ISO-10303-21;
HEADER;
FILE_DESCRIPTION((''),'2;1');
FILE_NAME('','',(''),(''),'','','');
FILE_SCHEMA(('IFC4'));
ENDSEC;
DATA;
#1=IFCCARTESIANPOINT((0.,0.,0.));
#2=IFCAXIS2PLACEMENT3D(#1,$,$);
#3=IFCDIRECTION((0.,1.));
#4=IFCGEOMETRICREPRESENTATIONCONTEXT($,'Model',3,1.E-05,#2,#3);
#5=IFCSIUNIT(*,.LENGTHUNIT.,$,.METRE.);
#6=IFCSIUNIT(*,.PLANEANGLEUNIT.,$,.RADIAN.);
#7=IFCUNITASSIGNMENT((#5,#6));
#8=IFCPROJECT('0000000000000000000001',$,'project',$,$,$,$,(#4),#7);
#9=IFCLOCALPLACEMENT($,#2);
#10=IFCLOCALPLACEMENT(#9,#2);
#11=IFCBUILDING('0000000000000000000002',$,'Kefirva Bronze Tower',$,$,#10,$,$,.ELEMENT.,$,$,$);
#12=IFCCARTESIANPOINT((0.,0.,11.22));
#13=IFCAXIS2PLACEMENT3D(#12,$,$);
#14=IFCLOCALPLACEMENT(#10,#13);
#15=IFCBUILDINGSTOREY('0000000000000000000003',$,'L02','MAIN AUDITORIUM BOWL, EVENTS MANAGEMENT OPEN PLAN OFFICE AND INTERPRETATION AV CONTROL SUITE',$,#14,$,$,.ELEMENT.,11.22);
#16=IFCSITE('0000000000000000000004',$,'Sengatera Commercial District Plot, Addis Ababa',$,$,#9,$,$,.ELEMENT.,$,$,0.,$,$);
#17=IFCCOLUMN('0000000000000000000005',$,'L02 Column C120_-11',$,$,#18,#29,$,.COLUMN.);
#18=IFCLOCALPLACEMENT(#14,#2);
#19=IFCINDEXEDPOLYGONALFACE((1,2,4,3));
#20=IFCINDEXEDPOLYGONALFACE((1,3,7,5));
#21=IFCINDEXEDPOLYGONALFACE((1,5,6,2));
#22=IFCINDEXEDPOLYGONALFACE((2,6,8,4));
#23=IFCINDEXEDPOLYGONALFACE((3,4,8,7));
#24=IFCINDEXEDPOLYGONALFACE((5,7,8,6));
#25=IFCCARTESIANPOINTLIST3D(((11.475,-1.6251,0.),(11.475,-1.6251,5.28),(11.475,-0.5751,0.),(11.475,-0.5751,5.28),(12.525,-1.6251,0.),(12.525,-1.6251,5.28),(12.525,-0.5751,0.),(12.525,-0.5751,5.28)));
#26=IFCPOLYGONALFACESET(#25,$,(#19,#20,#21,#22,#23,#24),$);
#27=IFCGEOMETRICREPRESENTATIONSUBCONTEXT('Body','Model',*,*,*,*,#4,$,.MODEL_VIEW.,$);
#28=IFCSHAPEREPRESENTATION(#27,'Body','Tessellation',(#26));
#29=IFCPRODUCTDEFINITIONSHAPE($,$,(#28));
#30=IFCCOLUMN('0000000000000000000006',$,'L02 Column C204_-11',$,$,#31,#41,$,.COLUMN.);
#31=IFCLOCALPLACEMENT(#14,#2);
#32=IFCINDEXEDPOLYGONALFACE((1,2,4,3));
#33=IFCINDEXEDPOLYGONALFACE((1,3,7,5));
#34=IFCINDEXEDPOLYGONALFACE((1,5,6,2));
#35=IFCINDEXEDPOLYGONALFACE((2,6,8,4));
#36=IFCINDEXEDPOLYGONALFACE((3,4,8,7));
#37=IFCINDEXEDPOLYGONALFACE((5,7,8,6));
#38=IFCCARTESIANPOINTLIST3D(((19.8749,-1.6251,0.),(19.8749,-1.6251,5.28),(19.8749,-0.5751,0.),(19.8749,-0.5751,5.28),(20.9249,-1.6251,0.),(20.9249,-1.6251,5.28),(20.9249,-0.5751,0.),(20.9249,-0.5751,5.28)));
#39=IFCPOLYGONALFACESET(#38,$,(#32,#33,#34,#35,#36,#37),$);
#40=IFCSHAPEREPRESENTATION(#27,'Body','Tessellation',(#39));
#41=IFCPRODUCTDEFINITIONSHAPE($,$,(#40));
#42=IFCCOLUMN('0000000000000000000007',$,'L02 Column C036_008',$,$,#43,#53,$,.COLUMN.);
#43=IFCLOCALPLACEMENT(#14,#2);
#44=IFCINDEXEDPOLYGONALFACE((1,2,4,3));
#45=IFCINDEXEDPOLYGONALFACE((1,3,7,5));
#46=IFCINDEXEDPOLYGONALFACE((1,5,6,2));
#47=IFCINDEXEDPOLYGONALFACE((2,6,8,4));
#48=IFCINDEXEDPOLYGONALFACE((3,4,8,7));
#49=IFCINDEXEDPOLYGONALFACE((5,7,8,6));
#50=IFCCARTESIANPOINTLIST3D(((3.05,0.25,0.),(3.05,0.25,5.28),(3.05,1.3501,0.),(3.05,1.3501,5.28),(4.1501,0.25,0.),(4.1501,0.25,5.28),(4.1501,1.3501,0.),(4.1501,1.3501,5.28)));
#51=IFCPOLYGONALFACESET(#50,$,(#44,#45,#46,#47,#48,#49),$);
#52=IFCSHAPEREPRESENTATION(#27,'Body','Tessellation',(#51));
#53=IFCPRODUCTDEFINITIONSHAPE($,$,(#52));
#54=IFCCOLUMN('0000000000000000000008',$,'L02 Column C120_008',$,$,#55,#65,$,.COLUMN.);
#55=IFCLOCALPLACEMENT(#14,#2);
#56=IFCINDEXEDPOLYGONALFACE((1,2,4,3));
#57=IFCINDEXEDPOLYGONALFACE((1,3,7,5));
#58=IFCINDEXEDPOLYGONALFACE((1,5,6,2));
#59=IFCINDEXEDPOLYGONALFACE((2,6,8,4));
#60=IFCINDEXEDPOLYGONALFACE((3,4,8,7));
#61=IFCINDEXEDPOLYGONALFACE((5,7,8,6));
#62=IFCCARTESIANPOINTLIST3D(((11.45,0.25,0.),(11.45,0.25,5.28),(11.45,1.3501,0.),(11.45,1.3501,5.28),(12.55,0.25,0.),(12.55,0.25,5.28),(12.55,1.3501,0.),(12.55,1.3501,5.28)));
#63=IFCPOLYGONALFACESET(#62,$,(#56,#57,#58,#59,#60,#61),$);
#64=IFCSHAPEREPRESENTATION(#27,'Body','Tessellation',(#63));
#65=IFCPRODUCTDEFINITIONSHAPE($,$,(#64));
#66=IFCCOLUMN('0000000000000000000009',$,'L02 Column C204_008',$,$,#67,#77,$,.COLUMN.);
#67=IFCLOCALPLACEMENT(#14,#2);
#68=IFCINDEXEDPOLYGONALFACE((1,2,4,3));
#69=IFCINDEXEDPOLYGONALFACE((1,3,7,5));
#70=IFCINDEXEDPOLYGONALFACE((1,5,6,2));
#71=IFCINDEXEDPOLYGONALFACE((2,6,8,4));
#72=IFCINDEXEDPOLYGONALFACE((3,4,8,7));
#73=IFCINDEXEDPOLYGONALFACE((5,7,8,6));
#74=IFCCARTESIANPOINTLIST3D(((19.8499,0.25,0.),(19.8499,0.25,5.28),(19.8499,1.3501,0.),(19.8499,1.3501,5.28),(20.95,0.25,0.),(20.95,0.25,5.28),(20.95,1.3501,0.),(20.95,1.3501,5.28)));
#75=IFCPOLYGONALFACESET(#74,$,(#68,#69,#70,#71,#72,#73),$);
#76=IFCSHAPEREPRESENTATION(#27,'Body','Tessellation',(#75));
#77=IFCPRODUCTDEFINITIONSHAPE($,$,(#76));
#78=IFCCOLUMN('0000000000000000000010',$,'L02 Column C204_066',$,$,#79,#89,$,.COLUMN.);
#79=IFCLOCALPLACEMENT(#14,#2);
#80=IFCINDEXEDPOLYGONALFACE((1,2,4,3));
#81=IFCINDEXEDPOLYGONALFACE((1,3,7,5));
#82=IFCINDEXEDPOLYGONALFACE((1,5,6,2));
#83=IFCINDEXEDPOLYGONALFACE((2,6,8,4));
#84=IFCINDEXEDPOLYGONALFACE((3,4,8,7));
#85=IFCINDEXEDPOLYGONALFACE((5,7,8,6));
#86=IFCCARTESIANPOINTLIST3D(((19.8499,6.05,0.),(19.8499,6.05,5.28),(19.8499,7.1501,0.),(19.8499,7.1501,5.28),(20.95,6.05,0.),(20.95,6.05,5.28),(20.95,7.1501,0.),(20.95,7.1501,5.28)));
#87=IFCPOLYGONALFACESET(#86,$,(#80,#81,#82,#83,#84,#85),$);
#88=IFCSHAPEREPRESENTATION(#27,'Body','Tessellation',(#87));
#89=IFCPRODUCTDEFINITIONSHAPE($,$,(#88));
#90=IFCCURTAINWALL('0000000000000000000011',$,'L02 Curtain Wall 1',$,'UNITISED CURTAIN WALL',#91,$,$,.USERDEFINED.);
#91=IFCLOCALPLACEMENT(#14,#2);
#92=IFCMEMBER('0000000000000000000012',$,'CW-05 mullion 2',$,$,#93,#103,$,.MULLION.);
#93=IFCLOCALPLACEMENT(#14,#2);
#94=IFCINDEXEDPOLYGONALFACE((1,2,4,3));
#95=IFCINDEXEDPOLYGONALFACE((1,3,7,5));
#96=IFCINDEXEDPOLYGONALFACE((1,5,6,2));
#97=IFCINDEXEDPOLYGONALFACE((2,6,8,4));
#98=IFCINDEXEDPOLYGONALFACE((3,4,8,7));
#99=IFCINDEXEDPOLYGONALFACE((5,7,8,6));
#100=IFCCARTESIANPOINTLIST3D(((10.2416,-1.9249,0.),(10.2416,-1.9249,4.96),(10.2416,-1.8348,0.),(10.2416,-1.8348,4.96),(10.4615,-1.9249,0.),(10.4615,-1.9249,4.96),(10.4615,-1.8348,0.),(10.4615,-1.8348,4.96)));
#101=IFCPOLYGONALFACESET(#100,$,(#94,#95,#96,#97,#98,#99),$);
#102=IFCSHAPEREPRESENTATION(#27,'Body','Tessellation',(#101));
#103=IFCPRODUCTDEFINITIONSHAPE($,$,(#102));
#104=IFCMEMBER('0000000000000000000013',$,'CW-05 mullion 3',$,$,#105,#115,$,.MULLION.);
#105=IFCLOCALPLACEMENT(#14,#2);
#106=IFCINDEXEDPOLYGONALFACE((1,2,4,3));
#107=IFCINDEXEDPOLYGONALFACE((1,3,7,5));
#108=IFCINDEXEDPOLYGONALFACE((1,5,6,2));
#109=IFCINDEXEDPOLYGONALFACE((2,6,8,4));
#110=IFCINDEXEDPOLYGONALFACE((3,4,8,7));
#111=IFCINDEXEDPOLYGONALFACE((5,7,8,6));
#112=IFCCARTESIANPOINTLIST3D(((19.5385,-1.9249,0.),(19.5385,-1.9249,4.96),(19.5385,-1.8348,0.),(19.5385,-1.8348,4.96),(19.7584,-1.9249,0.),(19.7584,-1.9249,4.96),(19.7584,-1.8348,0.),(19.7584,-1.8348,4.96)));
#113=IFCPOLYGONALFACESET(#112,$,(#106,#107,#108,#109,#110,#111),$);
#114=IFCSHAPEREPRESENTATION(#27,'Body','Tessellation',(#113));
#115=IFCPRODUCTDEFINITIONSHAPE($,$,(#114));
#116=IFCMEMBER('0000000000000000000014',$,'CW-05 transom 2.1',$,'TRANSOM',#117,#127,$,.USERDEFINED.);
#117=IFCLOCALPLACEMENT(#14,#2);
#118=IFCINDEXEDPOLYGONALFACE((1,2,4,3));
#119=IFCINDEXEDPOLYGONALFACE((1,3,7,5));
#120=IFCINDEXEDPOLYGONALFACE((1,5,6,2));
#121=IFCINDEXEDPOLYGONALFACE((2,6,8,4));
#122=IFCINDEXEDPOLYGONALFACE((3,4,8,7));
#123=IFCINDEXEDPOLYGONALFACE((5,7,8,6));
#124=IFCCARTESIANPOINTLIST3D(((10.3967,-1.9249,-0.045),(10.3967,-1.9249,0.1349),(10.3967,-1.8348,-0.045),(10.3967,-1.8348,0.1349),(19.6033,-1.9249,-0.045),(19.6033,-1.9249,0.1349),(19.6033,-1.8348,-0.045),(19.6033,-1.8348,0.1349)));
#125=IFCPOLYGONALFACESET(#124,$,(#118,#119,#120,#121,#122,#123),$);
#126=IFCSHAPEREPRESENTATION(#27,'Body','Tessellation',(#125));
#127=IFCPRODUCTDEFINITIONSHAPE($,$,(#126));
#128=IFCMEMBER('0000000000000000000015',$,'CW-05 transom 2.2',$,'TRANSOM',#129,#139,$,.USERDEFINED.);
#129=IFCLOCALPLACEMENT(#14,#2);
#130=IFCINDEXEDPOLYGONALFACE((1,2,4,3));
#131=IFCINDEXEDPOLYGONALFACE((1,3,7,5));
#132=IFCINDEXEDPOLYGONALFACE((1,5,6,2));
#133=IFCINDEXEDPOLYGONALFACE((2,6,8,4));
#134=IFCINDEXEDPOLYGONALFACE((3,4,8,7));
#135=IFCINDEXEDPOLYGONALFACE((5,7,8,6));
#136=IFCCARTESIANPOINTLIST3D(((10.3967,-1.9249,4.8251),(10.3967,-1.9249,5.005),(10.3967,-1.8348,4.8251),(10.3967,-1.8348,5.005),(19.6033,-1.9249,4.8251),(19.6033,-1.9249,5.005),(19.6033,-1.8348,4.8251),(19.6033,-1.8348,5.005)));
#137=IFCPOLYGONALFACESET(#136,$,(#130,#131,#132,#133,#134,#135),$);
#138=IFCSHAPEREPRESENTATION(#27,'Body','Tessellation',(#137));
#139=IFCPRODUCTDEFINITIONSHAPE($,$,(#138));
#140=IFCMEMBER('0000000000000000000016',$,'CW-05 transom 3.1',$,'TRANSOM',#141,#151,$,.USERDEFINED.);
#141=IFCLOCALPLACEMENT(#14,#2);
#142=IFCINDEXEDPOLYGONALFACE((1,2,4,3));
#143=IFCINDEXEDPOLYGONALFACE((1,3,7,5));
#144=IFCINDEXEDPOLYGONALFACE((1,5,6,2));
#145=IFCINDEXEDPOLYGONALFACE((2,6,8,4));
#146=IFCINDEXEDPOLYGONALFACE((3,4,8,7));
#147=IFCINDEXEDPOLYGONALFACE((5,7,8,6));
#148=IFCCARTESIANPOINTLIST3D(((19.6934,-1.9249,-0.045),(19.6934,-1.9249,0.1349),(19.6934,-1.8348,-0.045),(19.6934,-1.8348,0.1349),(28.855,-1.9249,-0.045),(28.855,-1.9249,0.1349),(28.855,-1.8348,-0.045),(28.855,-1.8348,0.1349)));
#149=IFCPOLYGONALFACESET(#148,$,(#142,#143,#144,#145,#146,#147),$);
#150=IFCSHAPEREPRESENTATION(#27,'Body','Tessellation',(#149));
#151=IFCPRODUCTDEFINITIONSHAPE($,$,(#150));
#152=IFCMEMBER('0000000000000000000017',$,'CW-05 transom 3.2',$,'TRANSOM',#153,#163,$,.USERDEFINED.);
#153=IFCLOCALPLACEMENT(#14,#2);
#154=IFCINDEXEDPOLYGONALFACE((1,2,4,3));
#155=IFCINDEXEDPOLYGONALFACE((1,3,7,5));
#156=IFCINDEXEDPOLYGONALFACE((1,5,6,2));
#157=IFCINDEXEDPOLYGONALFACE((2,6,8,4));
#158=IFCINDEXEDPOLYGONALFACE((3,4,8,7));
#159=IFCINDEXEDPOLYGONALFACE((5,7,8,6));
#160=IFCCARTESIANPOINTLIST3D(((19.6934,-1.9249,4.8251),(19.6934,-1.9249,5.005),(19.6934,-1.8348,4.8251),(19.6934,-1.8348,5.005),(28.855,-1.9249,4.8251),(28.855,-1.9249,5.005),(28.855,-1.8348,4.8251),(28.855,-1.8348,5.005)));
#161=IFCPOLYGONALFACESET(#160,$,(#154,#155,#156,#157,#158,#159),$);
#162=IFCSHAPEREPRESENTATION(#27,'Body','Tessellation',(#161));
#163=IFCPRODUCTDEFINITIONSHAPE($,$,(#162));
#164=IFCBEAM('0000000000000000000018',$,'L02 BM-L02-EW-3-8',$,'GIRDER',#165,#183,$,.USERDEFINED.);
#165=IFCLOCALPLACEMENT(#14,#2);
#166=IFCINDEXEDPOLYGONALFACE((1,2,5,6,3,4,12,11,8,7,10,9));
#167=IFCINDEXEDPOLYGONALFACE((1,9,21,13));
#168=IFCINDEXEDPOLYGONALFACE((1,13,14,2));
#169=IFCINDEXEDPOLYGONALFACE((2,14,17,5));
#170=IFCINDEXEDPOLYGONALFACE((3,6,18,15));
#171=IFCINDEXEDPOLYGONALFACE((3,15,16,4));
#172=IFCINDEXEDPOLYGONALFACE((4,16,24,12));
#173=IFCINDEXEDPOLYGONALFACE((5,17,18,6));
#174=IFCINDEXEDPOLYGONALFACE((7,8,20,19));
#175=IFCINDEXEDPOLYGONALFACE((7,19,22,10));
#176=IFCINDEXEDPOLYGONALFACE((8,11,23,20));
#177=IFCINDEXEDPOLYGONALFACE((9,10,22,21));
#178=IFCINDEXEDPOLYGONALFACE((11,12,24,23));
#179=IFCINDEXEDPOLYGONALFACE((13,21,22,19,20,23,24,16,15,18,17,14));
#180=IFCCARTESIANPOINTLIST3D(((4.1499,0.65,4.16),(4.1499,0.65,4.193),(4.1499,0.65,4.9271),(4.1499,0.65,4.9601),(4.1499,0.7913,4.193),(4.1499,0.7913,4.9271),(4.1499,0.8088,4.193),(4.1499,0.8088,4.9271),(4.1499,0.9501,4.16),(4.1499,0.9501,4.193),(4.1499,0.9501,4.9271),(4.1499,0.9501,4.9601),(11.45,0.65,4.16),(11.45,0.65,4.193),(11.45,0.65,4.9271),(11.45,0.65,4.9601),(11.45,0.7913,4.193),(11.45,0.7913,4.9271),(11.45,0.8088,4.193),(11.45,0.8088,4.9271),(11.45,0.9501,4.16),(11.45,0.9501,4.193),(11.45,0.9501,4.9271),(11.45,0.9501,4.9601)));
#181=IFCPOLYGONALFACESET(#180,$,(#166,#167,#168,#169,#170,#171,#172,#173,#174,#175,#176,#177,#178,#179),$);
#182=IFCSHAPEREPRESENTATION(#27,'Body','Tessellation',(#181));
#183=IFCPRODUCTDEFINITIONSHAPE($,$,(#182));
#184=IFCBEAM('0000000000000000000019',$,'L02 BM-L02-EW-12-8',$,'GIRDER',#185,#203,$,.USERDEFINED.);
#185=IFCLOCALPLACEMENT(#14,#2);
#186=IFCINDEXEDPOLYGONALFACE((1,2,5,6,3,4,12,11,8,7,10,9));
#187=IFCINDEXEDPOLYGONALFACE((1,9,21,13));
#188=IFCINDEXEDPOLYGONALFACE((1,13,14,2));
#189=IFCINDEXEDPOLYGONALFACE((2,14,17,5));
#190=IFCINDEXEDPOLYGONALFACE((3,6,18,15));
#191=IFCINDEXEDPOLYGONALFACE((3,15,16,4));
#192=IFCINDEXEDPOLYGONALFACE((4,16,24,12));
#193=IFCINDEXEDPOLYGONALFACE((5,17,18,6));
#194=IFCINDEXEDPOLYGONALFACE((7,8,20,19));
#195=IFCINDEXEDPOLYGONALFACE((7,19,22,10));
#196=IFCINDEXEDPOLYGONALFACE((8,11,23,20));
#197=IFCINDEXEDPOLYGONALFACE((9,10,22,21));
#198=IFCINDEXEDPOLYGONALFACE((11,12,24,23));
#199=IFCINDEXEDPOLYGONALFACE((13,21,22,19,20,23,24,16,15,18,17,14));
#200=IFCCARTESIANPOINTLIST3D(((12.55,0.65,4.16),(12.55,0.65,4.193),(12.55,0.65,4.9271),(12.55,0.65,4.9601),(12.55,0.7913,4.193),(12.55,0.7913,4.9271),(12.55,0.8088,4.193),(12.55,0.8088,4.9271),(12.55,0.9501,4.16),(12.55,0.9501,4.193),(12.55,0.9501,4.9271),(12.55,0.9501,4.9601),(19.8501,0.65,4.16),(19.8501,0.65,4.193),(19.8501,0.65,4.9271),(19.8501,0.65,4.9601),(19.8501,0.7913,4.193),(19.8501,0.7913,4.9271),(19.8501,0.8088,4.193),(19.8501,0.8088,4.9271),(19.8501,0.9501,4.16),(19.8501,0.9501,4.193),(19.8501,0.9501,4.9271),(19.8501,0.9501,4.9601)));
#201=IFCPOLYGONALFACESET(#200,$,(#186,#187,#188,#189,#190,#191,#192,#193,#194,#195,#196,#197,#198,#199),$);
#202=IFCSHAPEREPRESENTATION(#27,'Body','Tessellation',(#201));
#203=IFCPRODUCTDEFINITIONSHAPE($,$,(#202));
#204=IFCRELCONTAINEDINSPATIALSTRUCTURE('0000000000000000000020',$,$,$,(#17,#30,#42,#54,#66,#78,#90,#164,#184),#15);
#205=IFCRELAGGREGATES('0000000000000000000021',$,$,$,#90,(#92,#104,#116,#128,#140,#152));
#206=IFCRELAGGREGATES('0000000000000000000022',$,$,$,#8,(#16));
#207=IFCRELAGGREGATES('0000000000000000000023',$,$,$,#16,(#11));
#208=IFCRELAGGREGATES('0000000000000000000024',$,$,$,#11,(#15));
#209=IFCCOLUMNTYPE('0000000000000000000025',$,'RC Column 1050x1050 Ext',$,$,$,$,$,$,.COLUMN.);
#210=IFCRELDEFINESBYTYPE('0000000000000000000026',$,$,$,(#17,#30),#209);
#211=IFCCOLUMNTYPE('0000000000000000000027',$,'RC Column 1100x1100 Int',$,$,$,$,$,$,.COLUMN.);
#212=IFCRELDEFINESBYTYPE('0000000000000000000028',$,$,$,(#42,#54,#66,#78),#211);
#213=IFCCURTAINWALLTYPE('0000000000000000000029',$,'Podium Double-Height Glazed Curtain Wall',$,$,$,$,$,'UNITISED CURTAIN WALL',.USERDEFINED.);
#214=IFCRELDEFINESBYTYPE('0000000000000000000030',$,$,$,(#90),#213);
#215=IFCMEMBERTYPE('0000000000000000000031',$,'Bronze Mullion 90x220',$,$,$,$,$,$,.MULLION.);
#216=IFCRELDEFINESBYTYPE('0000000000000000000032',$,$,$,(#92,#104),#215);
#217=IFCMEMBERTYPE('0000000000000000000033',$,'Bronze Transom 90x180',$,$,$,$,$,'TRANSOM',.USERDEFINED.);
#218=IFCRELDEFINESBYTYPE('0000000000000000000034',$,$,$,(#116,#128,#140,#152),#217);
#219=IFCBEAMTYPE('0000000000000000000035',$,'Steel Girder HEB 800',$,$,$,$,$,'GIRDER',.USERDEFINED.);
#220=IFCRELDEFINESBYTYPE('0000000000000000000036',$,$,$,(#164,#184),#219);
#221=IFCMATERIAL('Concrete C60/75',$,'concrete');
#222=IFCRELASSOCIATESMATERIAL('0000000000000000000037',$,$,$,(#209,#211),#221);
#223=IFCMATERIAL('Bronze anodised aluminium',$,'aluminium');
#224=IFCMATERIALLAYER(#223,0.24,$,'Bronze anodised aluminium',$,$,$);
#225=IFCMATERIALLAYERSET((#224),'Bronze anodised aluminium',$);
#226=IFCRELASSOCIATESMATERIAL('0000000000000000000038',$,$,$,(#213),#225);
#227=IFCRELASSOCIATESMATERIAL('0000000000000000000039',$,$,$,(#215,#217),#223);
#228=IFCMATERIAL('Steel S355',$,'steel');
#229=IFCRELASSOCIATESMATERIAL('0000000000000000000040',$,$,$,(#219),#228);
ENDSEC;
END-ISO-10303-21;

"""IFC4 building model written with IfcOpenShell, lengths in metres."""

from ifc_helpers import new_model, si_unit, direction, frame, origin, origin_2d, place, context, subcontext, project, spatial, rectangle, i_section, extrude, material, layer, layer_set, material_profile, profile_set, type_object, element, aggregate, save


model = new_model("IFC4")

# Units and contexts
model_context = context("Model", 3, precision=1e-05, world=origin(), true_north=direction((0.0, 1.0)))
body_context = subcontext(model_context, "Body", "Model", "MODEL_VIEW")
ifc_project = project(units=[si_unit("LENGTHUNIT", "METRE"), si_unit("PLANEANGLEUNIT", "RADIAN")], contexts=[model_context])

# Site, building, storey
site_placement = place(None, origin())
site = spatial("IfcSite", under=ifc_project, at=site_placement, Name="Sengatera Commercial District Plot, Addis Ababa", CompositionType="ELEMENT", RefElevation=0.0)
building_placement = place(site_placement, origin())
building = spatial("IfcBuilding", under=site, at=building_placement, Name="Kefirva Bronze Tower", CompositionType="ELEMENT")
storey_placement = place(building_placement, frame((0.0, 0.0, 11.22)))
storey = spatial("IfcBuildingStorey", under=building, at=storey_placement, Name="L02", Description="MAIN AUDITORIUM BOWL, EVENTS MANAGEMENT OPEN PLAN OFFICE AND INTERPRETATION AV CONTROL SUITE", CompositionType="ELEMENT", Elevation=11.22)

# Columns
ifc_material_1 = material(Name="Concrete C60/75", Category="concrete")
ifc_material_profile_1 = material_profile(ifc_material_1, rectangle(XDim=1.05, YDim=1.05, at=origin_2d()), Name="RC 1050x1050")
ifc_profile_set_1 = profile_set([ifc_material_profile_1], Name="Concrete C60/75")
column_type_1 = type_object("IfcColumnType", Name="RC Column 1050x1050 Ext", PredefinedType="COLUMN", material=ifc_profile_set_1)
for number, where, z_axis, x_axis, name in (
    (1, (12.0, -1.1001, 0.0), (0.0, 0.0, 1.0), (1.0, 0.0, 0.0), "L02 Column C120_-11"),
    (2, (20.3999, -1.1001, 0.0), (0.0, 0.0, 1.0), (1.0, 0.0, 0.0), "L02 Column C204_-11"),
):
    element("IfcColumn", number, at=place(storey_placement, frame(where, z_axis=z_axis, x_axis=x_axis)), inside=storey, type_object=column_type_1, Name=name, PredefinedType="COLUMN", context=body_context, shape_type="SweptSolid", body=[
        extrude(rectangle(XDim=1.05, YDim=1.05, at=origin_2d()), origin(), (0.0, 0.0, 1.0), 5.28),
    ])
ifc_material_profile_2 = material_profile(ifc_material_1, rectangle(XDim=1.1001, YDim=1.1001, at=origin_2d()), Name="RC 1100x1100")
ifc_profile_set_2 = profile_set([ifc_material_profile_2], Name="Concrete C60/75")
column_type_2 = type_object("IfcColumnType", Name="RC Column 1100x1100 Int", PredefinedType="COLUMN", material=ifc_profile_set_2)
for number, where, z_axis, x_axis, name in (
    (3, (3.6001, 0.8, 0.0), (0.0, 0.0, 1.0), (1.0, 0.0, 0.0), "L02 Column C036_008"),
    (4, (12.0, 0.8, 0.0), (0.0, 0.0, 1.0), (1.0, 0.0, 0.0), "L02 Column C120_008"),
    (5, (20.3999, 0.8, 0.0), (0.0, 0.0, 1.0), (1.0, 0.0, 0.0), "L02 Column C204_008"),
    (6, (20.3999, 6.6001, 0.0), (0.0, 0.0, 1.0), (1.0, 0.0, 0.0), "L02 Column C204_066"),
):
    element("IfcColumn", number, at=place(storey_placement, frame(where, z_axis=z_axis, x_axis=x_axis)), inside=storey, type_object=column_type_2, Name=name, PredefinedType="COLUMN", context=body_context, shape_type="SweptSolid", body=[
        extrude(rectangle(XDim=1.1001, YDim=1.1001, at=origin_2d()), origin(), (0.0, 0.0, 1.0), 5.28),
    ])

# Curtain wall, members
ifc_material_2 = material(Name="Bronze anodised aluminium", Category="aluminium")
ifc_layer_1 = layer(ifc_material_2, 0.24, Name="Bronze anodised aluminium")
ifc_layer_set_1 = layer_set([ifc_layer_1], Name="Bronze anodised aluminium")
curtain_wall_type = type_object("IfcCurtainWallType", Name="Podium Double-Height Glazed Curtain Wall", ElementType="UNITISED CURTAIN WALL", PredefinedType="USERDEFINED", material=ifc_layer_set_1)
curtain_wall_placement = place(storey_placement, origin())
curtain_wall = element("IfcCurtainWall", 7, at=curtain_wall_placement, inside=storey, type_object=curtain_wall_type, Name="L02 Curtain Wall 1", ObjectType="UNITISED CURTAIN WALL", PredefinedType="USERDEFINED")
ifc_material_profile_3 = material_profile(ifc_material_2, rectangle(XDim=0.0901, YDim=0.22, at=origin_2d()), Name="ALU 90x220")
ifc_profile_set_3 = profile_set([ifc_material_profile_3], Name="Bronze anodised aluminium")
member_type_1 = type_object("IfcMemberType", Name="Bronze Mullion 90x220", PredefinedType="MULLION", material=ifc_profile_set_3)
member_1_placement = place(storey_placement, frame((10.3516, -1.8799, 0.0), z_axis=(0.0, 0.0, 1.0), x_axis=(0.0, 1.0, 0.0)))
member_1 = element("IfcMember", 8, at=member_1_placement, type_object=member_type_1, Name="CW-05 mullion 2", PredefinedType="MULLION", context=body_context, shape_type="SweptSolid", body=[
    extrude(rectangle(XDim=0.0901, YDim=0.22, at=origin_2d()), origin(), (0.0, 0.0, 1.0), 4.96),
])
member_2_placement = place(storey_placement, frame((19.6484, -1.8799, 0.0), z_axis=(0.0, 0.0, 1.0), x_axis=(0.0, 1.0, 0.0)))
member_2 = element("IfcMember", 9, at=member_2_placement, type_object=member_type_1, Name="CW-05 mullion 3", PredefinedType="MULLION", context=body_context, shape_type="SweptSolid", body=[
    extrude(rectangle(XDim=0.0901, YDim=0.22, at=origin_2d()), origin(), (0.0, 0.0, 1.0), 4.96),
])
ifc_material_profile_4 = material_profile(ifc_material_2, rectangle(XDim=0.0901, YDim=0.1799, at=origin_2d()), Name="ALU 90x180")
ifc_profile_set_4 = profile_set([ifc_material_profile_4], Name="Bronze anodised aluminium")
member_type_2 = type_object("IfcMemberType", Name="Bronze Transom 90x180", ElementType="TRANSOM", PredefinedType="USERDEFINED", material=ifc_profile_set_4)
member_3_placement = place(storey_placement, frame((10.3967, -1.8799, 0.0449), z_axis=(1.0, 0.0, 0.0), x_axis=(0.0, 1.0, 0.0)))
member_3 = element("IfcMember", 10, at=member_3_placement, type_object=member_type_2, Name="CW-05 transom 2.1", ObjectType="TRANSOM", PredefinedType="USERDEFINED", context=body_context, shape_type="SweptSolid", body=[
    extrude(rectangle(XDim=0.0901, YDim=0.1799, at=origin_2d()), origin(), (0.0, 0.0, 1.0), 9.2065),
])
member_4_placement = place(storey_placement, frame((10.3967, -1.8799, 4.915), z_axis=(1.0, 0.0, 0.0), x_axis=(0.0, 1.0, 0.0)))
member_4 = element("IfcMember", 11, at=member_4_placement, type_object=member_type_2, Name="CW-05 transom 2.2", ObjectType="TRANSOM", PredefinedType="USERDEFINED", context=body_context, shape_type="SweptSolid", body=[
    extrude(rectangle(XDim=0.0901, YDim=0.1799, at=origin_2d()), origin(), (0.0, 0.0, 1.0), 9.2065),
])
member_5_placement = place(storey_placement, frame((19.6934, -1.8799, 0.0449), z_axis=(1.0, 0.0, 0.0), x_axis=(0.0, 1.0, 0.0)))
member_5 = element("IfcMember", 12, at=member_5_placement, type_object=member_type_2, Name="CW-05 transom 3.1", ObjectType="TRANSOM", PredefinedType="USERDEFINED", context=body_context, shape_type="SweptSolid", body=[
    extrude(rectangle(XDim=0.0901, YDim=0.1799, at=origin_2d()), origin(), (0.0, 0.0, 1.0), 9.1616),
])
member_6_placement = place(storey_placement, frame((19.6934, -1.8799, 4.915), z_axis=(1.0, 0.0, 0.0), x_axis=(0.0, 1.0, 0.0)))
member_6 = element("IfcMember", 13, at=member_6_placement, type_object=member_type_2, Name="CW-05 transom 3.2", ObjectType="TRANSOM", PredefinedType="USERDEFINED", context=body_context, shape_type="SweptSolid", body=[
    extrude(rectangle(XDim=0.0901, YDim=0.1799, at=origin_2d()), origin(), (0.0, 0.0, 1.0), 9.1616),
])

# Beams
ifc_material_3 = material(Name="Steel S355", Category="steel")
ifc_material_profile_5 = material_profile(ifc_material_3, i_section(OverallWidth=0.3, OverallDepth=0.8, WebThickness=0.0176, FlangeThickness=0.033, at=origin_2d()), Name="HEB 800")
ifc_profile_set_5 = profile_set([ifc_material_profile_5], Name="Steel S355")
beam_type_1 = type_object("IfcBeamType", Name="Steel Girder HEB 800", ElementType="GIRDER", PredefinedType="USERDEFINED", material=ifc_profile_set_5)
for number, where, z_axis, x_axis, name in (
    (14, (4.1499, 0.8, 4.5601), (1.0, 0.0, 0.0), (0.0, 1.0, 0.0), "L02 BM-L02-EW-3-8"),
    (15, (12.55, 0.8, 4.5601), (1.0, 0.0, 0.0), (0.0, 1.0, 0.0), "L02 BM-L02-EW-12-8"),
):
    element("IfcBeam", number, at=place(storey_placement, frame(where, z_axis=z_axis, x_axis=x_axis)), inside=storey, type_object=beam_type_1, Name=name, ObjectType="GIRDER", PredefinedType="USERDEFINED", context=body_context, shape_type="SweptSolid", body=[
        extrude(i_section(OverallWidth=0.3, OverallDepth=0.8, WebThickness=0.0176, FlangeThickness=0.033, at=origin_2d()), origin(), (0.0, 0.0, 1.0), 7.3),
    ])

aggregate(curtain_wall, [member_1, member_2, member_3, member_4, member_5, member_6])

save(model, "model.ifc")
